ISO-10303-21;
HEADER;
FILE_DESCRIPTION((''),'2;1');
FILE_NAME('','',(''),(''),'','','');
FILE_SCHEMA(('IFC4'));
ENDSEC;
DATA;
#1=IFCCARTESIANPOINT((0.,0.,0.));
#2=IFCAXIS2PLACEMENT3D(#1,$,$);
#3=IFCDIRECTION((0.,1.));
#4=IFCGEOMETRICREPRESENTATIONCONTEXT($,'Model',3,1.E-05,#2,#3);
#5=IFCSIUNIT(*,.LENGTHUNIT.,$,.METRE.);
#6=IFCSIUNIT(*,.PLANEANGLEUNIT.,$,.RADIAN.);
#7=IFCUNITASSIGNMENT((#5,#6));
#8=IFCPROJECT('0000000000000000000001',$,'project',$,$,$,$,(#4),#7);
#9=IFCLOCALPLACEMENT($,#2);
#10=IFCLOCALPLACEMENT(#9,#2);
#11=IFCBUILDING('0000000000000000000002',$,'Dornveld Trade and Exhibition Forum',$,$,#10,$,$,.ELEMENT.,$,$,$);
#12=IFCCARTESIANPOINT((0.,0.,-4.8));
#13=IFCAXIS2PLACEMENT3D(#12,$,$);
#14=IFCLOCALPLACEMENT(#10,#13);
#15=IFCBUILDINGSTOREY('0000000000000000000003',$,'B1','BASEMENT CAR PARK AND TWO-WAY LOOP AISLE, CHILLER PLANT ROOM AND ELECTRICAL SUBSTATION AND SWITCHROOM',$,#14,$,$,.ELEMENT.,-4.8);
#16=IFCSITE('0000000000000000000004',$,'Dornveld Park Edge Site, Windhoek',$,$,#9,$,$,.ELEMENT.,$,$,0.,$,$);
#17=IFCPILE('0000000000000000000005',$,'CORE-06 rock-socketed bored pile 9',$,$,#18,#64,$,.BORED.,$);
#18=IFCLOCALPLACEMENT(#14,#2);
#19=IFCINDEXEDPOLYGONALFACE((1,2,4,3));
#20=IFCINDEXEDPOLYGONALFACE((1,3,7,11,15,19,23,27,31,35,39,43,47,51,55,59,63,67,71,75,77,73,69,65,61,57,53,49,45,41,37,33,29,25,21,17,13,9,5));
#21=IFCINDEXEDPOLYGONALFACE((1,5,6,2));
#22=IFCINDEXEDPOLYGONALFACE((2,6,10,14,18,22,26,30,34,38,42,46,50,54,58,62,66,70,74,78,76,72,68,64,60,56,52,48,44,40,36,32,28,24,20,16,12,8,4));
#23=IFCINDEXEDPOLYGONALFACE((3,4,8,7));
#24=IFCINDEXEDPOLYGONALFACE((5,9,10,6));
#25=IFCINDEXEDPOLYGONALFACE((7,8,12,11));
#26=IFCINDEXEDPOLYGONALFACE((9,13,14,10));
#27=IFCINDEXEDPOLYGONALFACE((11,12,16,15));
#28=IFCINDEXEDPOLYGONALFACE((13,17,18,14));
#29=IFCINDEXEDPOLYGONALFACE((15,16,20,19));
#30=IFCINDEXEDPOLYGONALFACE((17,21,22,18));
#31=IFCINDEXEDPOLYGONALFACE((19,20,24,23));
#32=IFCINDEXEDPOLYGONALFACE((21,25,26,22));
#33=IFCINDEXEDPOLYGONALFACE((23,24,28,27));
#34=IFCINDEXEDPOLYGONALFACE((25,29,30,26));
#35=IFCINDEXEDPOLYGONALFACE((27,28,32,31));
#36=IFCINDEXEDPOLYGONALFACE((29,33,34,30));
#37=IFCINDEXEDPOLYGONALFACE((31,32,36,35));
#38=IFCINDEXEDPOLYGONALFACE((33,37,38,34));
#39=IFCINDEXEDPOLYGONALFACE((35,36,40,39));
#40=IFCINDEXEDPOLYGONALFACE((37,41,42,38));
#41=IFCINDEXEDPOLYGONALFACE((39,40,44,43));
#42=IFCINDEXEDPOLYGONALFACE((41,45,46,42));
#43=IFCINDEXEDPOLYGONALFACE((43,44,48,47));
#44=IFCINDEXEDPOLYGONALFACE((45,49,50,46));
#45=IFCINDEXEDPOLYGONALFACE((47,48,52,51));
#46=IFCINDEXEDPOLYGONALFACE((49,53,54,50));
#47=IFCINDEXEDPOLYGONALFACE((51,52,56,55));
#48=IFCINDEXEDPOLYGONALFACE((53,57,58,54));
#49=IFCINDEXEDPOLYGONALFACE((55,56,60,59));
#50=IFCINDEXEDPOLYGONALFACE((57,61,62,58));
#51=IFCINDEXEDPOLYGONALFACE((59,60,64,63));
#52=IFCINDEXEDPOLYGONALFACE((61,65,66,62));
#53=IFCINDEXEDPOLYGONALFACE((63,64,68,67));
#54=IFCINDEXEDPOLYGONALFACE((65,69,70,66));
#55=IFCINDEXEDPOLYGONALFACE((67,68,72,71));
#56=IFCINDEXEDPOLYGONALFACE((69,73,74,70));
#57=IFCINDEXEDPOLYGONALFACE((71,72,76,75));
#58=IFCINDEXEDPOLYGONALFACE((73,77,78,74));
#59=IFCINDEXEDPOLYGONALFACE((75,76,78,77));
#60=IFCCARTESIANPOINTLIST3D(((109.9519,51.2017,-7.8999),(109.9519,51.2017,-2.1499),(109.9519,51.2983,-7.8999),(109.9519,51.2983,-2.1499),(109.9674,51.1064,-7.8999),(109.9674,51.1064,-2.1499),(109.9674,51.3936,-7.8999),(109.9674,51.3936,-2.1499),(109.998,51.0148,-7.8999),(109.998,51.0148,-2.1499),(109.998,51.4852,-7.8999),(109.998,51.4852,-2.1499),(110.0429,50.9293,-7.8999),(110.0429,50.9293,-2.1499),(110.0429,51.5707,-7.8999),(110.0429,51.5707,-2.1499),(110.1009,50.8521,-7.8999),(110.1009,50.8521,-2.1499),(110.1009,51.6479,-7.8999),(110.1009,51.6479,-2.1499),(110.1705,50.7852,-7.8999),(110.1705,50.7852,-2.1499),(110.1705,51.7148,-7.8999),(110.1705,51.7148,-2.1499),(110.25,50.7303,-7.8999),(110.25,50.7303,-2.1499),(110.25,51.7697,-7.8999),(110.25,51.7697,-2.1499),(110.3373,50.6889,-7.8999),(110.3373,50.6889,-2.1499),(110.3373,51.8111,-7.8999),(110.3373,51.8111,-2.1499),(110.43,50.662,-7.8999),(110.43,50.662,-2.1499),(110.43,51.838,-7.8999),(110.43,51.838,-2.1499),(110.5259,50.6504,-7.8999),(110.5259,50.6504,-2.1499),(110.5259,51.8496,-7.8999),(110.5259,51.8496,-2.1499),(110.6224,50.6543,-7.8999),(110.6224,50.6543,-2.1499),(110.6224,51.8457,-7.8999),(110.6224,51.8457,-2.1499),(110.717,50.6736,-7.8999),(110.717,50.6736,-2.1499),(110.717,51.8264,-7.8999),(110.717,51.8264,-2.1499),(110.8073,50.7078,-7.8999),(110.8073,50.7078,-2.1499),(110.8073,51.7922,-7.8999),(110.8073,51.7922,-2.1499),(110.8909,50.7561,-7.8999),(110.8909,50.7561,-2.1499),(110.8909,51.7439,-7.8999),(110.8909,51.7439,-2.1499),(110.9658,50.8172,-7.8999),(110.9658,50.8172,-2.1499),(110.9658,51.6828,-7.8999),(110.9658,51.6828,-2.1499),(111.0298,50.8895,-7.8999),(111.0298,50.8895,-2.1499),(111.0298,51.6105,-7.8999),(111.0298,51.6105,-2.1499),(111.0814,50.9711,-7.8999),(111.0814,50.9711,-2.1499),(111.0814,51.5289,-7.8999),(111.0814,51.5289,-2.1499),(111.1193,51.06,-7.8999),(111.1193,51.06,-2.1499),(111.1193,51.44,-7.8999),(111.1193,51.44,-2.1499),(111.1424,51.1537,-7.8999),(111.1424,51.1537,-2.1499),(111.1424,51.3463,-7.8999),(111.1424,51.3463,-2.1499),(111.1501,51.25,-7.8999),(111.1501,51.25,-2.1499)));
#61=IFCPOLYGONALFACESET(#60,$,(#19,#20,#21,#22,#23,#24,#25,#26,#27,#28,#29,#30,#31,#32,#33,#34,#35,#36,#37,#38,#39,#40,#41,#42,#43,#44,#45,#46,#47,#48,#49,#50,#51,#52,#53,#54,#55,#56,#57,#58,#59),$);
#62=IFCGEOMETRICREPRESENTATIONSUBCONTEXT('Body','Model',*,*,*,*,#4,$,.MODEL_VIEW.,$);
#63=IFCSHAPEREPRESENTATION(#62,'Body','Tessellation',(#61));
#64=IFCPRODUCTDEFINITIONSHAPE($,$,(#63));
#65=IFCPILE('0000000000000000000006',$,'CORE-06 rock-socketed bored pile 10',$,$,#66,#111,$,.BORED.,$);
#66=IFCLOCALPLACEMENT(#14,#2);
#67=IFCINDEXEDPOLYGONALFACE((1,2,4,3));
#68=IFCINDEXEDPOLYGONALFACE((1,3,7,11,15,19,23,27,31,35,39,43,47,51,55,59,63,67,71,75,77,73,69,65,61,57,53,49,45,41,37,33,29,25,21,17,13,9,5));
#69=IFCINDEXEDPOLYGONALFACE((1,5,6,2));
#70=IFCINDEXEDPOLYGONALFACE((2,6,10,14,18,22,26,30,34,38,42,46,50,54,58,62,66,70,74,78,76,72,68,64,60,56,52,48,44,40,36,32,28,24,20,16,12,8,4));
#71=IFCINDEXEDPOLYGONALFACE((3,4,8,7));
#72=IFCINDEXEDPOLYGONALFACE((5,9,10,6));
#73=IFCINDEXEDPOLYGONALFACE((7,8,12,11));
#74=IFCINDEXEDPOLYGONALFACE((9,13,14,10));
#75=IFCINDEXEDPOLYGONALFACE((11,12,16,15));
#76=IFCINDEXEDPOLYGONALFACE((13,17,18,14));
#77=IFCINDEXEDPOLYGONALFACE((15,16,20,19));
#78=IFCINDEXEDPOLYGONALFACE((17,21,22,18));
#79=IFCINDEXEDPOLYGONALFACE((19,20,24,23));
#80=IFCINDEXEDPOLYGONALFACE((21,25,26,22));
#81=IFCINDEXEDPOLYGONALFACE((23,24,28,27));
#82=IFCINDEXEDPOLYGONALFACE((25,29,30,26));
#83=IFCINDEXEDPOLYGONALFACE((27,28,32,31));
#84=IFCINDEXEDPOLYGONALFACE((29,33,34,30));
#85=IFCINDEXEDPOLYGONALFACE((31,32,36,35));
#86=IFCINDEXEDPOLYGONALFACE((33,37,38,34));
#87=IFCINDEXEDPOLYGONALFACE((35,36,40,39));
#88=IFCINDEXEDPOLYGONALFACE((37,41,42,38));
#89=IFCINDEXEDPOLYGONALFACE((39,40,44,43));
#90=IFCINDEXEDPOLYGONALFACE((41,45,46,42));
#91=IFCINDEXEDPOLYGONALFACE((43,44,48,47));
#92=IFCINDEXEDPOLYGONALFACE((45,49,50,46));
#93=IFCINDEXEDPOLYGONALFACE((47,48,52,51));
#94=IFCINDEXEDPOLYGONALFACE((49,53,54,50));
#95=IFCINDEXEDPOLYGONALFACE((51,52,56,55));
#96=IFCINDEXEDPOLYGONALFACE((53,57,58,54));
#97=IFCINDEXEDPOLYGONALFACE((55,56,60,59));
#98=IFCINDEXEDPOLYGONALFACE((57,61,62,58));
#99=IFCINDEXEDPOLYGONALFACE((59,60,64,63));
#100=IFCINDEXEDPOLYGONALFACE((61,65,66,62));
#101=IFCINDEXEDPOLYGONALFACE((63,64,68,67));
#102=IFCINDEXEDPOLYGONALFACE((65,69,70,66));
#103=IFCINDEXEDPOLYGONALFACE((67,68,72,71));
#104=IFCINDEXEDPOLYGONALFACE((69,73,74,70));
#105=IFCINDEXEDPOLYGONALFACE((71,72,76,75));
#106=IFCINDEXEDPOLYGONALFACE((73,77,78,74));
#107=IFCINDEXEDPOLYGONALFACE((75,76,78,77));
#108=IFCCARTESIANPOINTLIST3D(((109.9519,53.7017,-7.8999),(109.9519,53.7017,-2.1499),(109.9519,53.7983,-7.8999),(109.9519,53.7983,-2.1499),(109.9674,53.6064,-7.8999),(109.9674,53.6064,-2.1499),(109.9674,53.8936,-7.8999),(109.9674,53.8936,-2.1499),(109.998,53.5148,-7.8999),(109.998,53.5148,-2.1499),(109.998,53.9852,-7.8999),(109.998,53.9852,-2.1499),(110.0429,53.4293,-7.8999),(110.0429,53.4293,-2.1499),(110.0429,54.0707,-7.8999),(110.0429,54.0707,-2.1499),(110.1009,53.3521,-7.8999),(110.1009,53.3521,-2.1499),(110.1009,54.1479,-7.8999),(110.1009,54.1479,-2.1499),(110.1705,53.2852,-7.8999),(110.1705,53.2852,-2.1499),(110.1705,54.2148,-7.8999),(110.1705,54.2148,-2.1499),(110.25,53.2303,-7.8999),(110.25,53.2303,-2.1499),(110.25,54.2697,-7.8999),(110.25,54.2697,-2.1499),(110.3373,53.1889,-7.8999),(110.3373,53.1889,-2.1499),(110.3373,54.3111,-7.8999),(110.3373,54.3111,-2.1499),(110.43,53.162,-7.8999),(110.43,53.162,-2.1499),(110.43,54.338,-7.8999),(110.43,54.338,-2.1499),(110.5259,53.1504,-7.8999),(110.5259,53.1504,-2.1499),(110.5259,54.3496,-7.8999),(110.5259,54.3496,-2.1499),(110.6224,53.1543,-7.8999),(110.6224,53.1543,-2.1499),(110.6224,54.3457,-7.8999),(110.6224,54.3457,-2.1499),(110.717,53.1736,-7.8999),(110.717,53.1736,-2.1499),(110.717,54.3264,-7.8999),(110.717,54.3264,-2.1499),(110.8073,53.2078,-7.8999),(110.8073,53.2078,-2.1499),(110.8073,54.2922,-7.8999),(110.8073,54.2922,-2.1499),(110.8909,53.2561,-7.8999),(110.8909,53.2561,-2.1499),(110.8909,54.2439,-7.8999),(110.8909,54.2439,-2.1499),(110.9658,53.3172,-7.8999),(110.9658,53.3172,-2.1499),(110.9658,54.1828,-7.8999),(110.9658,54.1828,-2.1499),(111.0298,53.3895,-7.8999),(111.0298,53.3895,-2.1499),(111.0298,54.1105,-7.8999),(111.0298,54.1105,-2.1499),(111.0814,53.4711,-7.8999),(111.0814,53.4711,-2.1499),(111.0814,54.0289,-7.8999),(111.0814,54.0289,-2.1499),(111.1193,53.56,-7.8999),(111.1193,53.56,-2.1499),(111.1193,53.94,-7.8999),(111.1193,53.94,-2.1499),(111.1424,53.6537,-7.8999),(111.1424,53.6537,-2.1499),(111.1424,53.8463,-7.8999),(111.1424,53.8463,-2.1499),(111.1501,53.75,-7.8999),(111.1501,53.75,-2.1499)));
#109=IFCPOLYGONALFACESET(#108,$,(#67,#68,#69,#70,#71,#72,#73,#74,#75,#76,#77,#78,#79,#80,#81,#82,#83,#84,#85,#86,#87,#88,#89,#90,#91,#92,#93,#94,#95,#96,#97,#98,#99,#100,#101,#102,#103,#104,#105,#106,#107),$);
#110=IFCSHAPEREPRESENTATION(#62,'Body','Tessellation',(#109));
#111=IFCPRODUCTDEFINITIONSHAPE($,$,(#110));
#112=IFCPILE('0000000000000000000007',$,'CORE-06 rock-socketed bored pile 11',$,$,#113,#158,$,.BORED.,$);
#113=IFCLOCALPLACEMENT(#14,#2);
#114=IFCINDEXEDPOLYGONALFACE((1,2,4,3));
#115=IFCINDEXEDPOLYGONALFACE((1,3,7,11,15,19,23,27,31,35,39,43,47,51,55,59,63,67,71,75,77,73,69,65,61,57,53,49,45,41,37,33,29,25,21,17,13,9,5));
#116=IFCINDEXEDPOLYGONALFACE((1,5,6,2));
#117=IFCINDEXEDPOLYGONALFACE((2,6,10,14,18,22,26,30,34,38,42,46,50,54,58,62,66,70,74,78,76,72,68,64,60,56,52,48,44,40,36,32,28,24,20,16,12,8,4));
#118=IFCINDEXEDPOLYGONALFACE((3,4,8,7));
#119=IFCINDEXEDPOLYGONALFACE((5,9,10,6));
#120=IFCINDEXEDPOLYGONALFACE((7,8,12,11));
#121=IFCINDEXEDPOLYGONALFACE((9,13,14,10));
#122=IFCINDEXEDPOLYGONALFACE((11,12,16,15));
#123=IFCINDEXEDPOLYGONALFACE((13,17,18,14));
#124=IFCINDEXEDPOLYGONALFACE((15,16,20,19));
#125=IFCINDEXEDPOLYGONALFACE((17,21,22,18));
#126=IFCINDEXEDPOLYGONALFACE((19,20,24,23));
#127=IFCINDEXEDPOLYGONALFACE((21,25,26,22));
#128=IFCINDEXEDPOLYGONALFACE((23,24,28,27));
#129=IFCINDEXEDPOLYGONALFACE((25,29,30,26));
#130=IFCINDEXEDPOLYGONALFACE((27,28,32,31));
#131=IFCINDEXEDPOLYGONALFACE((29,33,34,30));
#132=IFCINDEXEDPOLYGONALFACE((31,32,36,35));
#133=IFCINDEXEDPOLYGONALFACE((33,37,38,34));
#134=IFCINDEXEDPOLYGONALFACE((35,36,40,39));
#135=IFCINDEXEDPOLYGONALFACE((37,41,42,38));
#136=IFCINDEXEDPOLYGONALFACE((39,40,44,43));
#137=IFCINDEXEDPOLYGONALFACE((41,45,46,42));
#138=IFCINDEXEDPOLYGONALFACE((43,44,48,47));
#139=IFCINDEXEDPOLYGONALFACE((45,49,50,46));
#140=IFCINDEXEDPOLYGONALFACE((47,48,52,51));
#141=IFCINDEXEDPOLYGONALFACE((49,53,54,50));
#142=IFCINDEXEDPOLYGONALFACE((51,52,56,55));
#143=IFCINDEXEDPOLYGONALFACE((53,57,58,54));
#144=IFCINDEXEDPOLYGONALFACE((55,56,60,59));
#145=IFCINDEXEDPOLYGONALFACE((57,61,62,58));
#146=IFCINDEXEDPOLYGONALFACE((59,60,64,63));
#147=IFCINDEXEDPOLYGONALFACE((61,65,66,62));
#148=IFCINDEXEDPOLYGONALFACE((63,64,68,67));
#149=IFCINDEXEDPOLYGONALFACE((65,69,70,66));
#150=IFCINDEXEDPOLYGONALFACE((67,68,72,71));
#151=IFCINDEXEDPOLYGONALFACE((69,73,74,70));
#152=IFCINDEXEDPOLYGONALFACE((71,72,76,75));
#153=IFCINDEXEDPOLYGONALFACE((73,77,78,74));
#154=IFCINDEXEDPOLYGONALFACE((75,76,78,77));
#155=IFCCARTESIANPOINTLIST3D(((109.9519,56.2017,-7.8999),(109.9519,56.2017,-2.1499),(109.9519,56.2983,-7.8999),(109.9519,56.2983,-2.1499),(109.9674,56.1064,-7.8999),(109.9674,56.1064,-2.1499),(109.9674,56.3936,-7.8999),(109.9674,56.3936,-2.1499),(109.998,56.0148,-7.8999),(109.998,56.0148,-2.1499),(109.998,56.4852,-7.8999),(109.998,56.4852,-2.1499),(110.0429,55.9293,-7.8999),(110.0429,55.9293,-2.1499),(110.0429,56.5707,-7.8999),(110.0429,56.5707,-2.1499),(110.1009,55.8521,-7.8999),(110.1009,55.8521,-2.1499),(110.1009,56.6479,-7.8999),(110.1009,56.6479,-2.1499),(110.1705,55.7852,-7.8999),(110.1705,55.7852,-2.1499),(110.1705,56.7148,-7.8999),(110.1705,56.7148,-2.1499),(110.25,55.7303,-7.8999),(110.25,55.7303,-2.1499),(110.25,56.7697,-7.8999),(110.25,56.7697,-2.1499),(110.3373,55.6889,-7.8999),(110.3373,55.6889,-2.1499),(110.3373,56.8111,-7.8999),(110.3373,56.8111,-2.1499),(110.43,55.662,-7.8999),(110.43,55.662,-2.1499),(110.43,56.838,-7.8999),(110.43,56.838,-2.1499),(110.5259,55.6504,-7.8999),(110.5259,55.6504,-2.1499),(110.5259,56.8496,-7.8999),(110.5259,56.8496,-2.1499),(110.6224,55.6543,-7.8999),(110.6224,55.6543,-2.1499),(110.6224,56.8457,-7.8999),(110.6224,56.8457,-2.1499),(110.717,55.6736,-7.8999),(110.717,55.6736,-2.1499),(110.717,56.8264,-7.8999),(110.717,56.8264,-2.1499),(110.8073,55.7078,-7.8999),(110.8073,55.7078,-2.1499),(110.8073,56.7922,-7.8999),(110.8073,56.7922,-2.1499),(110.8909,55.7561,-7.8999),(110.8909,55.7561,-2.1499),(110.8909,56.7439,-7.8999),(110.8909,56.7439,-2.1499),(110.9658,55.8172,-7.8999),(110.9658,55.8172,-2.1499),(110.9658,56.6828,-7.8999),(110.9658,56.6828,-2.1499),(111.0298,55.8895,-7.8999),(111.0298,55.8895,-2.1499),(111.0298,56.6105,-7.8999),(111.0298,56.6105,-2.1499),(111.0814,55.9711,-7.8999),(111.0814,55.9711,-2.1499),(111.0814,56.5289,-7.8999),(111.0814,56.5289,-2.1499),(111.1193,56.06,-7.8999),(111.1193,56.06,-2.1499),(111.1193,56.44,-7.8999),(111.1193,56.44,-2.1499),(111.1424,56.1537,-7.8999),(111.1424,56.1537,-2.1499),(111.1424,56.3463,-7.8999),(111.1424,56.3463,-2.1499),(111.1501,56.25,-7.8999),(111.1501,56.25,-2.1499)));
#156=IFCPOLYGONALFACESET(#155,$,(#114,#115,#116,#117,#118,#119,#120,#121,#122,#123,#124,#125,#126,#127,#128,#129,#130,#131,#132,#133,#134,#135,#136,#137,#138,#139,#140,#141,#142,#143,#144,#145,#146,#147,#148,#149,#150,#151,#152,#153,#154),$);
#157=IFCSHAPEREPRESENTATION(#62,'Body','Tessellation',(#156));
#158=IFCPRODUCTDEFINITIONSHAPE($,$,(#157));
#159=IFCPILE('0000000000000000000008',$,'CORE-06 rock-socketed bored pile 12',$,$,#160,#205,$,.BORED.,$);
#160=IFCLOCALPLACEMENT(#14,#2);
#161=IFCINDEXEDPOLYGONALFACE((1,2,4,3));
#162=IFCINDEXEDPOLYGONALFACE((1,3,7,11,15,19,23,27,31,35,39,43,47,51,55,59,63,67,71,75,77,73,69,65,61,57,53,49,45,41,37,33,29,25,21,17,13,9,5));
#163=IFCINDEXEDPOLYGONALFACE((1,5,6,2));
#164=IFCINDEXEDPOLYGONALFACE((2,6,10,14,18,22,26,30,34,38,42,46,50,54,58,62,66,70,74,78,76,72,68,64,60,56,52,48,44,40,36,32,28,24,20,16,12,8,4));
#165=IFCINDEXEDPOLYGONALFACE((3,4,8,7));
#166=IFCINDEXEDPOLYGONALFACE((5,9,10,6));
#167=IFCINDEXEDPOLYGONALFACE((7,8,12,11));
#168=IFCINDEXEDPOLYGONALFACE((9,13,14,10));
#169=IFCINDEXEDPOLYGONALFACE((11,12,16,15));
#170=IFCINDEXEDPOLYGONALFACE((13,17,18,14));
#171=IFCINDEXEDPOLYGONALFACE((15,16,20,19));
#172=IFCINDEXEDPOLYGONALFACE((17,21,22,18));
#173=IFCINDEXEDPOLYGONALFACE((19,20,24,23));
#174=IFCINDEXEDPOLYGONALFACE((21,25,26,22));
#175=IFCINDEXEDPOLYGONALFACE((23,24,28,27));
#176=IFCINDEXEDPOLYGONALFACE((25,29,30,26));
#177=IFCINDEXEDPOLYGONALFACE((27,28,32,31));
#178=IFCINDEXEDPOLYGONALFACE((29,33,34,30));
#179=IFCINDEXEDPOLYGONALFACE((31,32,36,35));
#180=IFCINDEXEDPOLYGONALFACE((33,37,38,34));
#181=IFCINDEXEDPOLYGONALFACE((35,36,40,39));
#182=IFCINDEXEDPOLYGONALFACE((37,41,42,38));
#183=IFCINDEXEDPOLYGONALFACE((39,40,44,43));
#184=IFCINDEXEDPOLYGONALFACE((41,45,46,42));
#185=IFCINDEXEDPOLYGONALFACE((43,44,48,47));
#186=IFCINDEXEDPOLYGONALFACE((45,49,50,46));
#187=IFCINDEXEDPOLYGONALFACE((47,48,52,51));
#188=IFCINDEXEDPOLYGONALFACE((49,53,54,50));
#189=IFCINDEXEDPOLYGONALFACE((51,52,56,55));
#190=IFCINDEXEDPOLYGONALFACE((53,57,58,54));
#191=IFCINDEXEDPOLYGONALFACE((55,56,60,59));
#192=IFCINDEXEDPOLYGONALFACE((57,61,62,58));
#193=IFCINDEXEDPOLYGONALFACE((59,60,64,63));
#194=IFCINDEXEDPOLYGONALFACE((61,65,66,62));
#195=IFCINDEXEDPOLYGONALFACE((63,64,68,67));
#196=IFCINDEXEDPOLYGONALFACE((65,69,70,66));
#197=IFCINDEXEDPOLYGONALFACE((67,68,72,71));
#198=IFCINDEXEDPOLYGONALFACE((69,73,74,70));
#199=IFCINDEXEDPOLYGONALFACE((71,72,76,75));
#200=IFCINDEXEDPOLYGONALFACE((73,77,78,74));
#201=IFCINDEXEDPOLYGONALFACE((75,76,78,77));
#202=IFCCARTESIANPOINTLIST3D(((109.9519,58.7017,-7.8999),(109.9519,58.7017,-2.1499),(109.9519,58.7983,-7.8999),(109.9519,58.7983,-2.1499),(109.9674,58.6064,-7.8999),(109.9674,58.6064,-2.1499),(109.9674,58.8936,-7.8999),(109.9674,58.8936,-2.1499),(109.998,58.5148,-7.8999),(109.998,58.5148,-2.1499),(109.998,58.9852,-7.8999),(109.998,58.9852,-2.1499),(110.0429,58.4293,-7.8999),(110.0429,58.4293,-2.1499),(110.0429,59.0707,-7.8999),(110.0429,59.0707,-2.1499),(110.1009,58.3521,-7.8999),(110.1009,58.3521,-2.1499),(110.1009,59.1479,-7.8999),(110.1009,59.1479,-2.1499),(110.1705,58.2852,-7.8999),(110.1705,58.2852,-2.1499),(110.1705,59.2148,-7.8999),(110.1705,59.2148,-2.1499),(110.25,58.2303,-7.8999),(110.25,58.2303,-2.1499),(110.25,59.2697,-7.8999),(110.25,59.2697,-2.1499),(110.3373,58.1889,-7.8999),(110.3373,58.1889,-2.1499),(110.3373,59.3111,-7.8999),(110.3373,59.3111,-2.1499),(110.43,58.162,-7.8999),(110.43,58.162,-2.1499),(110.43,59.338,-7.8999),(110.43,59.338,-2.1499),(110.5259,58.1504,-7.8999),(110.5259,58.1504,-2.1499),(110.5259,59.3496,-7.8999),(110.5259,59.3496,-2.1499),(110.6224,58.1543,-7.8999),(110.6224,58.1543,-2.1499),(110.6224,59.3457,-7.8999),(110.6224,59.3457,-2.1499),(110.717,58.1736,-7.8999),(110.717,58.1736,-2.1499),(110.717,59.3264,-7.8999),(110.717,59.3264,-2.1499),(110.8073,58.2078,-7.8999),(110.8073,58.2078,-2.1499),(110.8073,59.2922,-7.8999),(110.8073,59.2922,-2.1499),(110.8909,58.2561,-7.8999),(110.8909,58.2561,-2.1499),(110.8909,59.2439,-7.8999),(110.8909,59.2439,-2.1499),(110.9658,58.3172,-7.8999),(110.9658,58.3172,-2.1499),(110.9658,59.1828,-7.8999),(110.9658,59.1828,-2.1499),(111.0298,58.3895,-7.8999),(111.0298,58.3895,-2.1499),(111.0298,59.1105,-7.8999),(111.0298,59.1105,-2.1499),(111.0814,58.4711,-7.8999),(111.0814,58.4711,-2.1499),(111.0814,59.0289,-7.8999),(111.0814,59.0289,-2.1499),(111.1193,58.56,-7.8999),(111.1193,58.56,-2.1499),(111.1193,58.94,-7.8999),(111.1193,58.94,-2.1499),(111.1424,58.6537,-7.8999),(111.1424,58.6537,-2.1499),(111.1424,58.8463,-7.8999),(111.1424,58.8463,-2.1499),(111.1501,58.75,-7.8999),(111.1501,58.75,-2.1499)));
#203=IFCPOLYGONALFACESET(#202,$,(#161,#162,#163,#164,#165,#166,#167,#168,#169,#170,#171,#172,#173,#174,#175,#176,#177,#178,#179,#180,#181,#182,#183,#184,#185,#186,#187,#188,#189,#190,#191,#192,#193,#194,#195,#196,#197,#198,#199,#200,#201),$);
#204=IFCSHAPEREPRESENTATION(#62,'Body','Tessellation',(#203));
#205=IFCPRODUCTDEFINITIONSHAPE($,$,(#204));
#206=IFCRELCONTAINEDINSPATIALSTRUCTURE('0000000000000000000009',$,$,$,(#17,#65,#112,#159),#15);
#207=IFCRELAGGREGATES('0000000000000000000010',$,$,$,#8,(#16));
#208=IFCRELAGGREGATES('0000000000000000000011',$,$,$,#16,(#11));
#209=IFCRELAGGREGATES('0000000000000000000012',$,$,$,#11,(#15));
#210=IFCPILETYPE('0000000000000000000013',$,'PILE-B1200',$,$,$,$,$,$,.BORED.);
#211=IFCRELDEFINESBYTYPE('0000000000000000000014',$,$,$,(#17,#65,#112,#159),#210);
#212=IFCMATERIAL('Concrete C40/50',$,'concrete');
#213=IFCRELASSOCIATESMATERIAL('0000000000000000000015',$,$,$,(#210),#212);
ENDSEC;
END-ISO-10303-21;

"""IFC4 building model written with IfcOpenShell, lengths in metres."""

from ifc_helpers import new_model, si_unit, direction, frame, origin, origin_2d, place, context, subcontext, project, spatial, circle, extrude, material, material_profile, profile_set, type_object, element, save


model = new_model("IFC4")

# Units and contexts
model_context = context("Model", 3, precision=1e-05, world=origin(), true_north=direction((0.0, 1.0)))
body_context = subcontext(model_context, "Body", "Model", "MODEL_VIEW")
ifc_project = project(units=[si_unit("LENGTHUNIT", "METRE"), si_unit("PLANEANGLEUNIT", "RADIAN")], contexts=[model_context])

# Site, building, storey
site_placement = place(None, origin())
site = spatial("IfcSite", under=ifc_project, at=site_placement, Name="Dornveld Park Edge Site, Windhoek", CompositionType="ELEMENT", RefElevation=0.0)
building_placement = place(site_placement, origin())
building = spatial("IfcBuilding", under=site, at=building_placement, Name="Dornveld Trade and Exhibition Forum", CompositionType="ELEMENT")
storey_placement = place(building_placement, frame((0.0, 0.0, -4.8)))
storey = spatial("IfcBuildingStorey", under=building, at=storey_placement, Name="B1", Description="BASEMENT CAR PARK AND TWO-WAY LOOP AISLE, CHILLER PLANT ROOM AND ELECTRICAL SUBSTATION AND SWITCHROOM", CompositionType="ELEMENT", Elevation=-4.8)

# Piles
ifc_material_1 = material(Name="Concrete C40/50", Category="concrete")
ifc_material_profile_1 = material_profile(ifc_material_1, circle(Radius=0.6001, at=origin_2d()), Name="PILE D1200")
ifc_profile_set_1 = profile_set([ifc_material_profile_1], Name="Concrete C40/50")
pile_type_1 = type_object("IfcPileType", Name="PILE-B1200", PredefinedType="BORED", material=ifc_profile_set_1)
for number, where, z_axis, x_axis, name in (
    (1, (110.55, 51.25, -2.1499), (0.0, 0.0, -1.0), (1.0, 0.0, 0.0), "CORE-06 rock-socketed bored pile 9"),
    (2, (110.55, 53.75, -2.1499), (0.0, 0.0, -1.0), (1.0, 0.0, 0.0), "CORE-06 rock-socketed bored pile 10"),
    (3, (110.55, 56.25, -2.1499), (0.0, 0.0, -1.0), (1.0, 0.0, 0.0), "CORE-06 rock-socketed bored pile 11"),
    (4, (110.55, 58.75, -2.1499), (0.0, 0.0, -1.0), (1.0, 0.0, 0.0), "CORE-06 rock-socketed bored pile 12"),
):
    element("IfcPile", number, at=place(storey_placement, frame(where, z_axis=z_axis, x_axis=x_axis)), inside=storey, type_object=pile_type_1, Name=name, PredefinedType="BORED", context=body_context, shape_type="SweptSolid", body=[
        extrude(circle(Radius=0.6001, at=origin_2d()), origin(), (0.0, 0.0, 1.0), 5.75),
    ])

save(model, "model.ifc")
